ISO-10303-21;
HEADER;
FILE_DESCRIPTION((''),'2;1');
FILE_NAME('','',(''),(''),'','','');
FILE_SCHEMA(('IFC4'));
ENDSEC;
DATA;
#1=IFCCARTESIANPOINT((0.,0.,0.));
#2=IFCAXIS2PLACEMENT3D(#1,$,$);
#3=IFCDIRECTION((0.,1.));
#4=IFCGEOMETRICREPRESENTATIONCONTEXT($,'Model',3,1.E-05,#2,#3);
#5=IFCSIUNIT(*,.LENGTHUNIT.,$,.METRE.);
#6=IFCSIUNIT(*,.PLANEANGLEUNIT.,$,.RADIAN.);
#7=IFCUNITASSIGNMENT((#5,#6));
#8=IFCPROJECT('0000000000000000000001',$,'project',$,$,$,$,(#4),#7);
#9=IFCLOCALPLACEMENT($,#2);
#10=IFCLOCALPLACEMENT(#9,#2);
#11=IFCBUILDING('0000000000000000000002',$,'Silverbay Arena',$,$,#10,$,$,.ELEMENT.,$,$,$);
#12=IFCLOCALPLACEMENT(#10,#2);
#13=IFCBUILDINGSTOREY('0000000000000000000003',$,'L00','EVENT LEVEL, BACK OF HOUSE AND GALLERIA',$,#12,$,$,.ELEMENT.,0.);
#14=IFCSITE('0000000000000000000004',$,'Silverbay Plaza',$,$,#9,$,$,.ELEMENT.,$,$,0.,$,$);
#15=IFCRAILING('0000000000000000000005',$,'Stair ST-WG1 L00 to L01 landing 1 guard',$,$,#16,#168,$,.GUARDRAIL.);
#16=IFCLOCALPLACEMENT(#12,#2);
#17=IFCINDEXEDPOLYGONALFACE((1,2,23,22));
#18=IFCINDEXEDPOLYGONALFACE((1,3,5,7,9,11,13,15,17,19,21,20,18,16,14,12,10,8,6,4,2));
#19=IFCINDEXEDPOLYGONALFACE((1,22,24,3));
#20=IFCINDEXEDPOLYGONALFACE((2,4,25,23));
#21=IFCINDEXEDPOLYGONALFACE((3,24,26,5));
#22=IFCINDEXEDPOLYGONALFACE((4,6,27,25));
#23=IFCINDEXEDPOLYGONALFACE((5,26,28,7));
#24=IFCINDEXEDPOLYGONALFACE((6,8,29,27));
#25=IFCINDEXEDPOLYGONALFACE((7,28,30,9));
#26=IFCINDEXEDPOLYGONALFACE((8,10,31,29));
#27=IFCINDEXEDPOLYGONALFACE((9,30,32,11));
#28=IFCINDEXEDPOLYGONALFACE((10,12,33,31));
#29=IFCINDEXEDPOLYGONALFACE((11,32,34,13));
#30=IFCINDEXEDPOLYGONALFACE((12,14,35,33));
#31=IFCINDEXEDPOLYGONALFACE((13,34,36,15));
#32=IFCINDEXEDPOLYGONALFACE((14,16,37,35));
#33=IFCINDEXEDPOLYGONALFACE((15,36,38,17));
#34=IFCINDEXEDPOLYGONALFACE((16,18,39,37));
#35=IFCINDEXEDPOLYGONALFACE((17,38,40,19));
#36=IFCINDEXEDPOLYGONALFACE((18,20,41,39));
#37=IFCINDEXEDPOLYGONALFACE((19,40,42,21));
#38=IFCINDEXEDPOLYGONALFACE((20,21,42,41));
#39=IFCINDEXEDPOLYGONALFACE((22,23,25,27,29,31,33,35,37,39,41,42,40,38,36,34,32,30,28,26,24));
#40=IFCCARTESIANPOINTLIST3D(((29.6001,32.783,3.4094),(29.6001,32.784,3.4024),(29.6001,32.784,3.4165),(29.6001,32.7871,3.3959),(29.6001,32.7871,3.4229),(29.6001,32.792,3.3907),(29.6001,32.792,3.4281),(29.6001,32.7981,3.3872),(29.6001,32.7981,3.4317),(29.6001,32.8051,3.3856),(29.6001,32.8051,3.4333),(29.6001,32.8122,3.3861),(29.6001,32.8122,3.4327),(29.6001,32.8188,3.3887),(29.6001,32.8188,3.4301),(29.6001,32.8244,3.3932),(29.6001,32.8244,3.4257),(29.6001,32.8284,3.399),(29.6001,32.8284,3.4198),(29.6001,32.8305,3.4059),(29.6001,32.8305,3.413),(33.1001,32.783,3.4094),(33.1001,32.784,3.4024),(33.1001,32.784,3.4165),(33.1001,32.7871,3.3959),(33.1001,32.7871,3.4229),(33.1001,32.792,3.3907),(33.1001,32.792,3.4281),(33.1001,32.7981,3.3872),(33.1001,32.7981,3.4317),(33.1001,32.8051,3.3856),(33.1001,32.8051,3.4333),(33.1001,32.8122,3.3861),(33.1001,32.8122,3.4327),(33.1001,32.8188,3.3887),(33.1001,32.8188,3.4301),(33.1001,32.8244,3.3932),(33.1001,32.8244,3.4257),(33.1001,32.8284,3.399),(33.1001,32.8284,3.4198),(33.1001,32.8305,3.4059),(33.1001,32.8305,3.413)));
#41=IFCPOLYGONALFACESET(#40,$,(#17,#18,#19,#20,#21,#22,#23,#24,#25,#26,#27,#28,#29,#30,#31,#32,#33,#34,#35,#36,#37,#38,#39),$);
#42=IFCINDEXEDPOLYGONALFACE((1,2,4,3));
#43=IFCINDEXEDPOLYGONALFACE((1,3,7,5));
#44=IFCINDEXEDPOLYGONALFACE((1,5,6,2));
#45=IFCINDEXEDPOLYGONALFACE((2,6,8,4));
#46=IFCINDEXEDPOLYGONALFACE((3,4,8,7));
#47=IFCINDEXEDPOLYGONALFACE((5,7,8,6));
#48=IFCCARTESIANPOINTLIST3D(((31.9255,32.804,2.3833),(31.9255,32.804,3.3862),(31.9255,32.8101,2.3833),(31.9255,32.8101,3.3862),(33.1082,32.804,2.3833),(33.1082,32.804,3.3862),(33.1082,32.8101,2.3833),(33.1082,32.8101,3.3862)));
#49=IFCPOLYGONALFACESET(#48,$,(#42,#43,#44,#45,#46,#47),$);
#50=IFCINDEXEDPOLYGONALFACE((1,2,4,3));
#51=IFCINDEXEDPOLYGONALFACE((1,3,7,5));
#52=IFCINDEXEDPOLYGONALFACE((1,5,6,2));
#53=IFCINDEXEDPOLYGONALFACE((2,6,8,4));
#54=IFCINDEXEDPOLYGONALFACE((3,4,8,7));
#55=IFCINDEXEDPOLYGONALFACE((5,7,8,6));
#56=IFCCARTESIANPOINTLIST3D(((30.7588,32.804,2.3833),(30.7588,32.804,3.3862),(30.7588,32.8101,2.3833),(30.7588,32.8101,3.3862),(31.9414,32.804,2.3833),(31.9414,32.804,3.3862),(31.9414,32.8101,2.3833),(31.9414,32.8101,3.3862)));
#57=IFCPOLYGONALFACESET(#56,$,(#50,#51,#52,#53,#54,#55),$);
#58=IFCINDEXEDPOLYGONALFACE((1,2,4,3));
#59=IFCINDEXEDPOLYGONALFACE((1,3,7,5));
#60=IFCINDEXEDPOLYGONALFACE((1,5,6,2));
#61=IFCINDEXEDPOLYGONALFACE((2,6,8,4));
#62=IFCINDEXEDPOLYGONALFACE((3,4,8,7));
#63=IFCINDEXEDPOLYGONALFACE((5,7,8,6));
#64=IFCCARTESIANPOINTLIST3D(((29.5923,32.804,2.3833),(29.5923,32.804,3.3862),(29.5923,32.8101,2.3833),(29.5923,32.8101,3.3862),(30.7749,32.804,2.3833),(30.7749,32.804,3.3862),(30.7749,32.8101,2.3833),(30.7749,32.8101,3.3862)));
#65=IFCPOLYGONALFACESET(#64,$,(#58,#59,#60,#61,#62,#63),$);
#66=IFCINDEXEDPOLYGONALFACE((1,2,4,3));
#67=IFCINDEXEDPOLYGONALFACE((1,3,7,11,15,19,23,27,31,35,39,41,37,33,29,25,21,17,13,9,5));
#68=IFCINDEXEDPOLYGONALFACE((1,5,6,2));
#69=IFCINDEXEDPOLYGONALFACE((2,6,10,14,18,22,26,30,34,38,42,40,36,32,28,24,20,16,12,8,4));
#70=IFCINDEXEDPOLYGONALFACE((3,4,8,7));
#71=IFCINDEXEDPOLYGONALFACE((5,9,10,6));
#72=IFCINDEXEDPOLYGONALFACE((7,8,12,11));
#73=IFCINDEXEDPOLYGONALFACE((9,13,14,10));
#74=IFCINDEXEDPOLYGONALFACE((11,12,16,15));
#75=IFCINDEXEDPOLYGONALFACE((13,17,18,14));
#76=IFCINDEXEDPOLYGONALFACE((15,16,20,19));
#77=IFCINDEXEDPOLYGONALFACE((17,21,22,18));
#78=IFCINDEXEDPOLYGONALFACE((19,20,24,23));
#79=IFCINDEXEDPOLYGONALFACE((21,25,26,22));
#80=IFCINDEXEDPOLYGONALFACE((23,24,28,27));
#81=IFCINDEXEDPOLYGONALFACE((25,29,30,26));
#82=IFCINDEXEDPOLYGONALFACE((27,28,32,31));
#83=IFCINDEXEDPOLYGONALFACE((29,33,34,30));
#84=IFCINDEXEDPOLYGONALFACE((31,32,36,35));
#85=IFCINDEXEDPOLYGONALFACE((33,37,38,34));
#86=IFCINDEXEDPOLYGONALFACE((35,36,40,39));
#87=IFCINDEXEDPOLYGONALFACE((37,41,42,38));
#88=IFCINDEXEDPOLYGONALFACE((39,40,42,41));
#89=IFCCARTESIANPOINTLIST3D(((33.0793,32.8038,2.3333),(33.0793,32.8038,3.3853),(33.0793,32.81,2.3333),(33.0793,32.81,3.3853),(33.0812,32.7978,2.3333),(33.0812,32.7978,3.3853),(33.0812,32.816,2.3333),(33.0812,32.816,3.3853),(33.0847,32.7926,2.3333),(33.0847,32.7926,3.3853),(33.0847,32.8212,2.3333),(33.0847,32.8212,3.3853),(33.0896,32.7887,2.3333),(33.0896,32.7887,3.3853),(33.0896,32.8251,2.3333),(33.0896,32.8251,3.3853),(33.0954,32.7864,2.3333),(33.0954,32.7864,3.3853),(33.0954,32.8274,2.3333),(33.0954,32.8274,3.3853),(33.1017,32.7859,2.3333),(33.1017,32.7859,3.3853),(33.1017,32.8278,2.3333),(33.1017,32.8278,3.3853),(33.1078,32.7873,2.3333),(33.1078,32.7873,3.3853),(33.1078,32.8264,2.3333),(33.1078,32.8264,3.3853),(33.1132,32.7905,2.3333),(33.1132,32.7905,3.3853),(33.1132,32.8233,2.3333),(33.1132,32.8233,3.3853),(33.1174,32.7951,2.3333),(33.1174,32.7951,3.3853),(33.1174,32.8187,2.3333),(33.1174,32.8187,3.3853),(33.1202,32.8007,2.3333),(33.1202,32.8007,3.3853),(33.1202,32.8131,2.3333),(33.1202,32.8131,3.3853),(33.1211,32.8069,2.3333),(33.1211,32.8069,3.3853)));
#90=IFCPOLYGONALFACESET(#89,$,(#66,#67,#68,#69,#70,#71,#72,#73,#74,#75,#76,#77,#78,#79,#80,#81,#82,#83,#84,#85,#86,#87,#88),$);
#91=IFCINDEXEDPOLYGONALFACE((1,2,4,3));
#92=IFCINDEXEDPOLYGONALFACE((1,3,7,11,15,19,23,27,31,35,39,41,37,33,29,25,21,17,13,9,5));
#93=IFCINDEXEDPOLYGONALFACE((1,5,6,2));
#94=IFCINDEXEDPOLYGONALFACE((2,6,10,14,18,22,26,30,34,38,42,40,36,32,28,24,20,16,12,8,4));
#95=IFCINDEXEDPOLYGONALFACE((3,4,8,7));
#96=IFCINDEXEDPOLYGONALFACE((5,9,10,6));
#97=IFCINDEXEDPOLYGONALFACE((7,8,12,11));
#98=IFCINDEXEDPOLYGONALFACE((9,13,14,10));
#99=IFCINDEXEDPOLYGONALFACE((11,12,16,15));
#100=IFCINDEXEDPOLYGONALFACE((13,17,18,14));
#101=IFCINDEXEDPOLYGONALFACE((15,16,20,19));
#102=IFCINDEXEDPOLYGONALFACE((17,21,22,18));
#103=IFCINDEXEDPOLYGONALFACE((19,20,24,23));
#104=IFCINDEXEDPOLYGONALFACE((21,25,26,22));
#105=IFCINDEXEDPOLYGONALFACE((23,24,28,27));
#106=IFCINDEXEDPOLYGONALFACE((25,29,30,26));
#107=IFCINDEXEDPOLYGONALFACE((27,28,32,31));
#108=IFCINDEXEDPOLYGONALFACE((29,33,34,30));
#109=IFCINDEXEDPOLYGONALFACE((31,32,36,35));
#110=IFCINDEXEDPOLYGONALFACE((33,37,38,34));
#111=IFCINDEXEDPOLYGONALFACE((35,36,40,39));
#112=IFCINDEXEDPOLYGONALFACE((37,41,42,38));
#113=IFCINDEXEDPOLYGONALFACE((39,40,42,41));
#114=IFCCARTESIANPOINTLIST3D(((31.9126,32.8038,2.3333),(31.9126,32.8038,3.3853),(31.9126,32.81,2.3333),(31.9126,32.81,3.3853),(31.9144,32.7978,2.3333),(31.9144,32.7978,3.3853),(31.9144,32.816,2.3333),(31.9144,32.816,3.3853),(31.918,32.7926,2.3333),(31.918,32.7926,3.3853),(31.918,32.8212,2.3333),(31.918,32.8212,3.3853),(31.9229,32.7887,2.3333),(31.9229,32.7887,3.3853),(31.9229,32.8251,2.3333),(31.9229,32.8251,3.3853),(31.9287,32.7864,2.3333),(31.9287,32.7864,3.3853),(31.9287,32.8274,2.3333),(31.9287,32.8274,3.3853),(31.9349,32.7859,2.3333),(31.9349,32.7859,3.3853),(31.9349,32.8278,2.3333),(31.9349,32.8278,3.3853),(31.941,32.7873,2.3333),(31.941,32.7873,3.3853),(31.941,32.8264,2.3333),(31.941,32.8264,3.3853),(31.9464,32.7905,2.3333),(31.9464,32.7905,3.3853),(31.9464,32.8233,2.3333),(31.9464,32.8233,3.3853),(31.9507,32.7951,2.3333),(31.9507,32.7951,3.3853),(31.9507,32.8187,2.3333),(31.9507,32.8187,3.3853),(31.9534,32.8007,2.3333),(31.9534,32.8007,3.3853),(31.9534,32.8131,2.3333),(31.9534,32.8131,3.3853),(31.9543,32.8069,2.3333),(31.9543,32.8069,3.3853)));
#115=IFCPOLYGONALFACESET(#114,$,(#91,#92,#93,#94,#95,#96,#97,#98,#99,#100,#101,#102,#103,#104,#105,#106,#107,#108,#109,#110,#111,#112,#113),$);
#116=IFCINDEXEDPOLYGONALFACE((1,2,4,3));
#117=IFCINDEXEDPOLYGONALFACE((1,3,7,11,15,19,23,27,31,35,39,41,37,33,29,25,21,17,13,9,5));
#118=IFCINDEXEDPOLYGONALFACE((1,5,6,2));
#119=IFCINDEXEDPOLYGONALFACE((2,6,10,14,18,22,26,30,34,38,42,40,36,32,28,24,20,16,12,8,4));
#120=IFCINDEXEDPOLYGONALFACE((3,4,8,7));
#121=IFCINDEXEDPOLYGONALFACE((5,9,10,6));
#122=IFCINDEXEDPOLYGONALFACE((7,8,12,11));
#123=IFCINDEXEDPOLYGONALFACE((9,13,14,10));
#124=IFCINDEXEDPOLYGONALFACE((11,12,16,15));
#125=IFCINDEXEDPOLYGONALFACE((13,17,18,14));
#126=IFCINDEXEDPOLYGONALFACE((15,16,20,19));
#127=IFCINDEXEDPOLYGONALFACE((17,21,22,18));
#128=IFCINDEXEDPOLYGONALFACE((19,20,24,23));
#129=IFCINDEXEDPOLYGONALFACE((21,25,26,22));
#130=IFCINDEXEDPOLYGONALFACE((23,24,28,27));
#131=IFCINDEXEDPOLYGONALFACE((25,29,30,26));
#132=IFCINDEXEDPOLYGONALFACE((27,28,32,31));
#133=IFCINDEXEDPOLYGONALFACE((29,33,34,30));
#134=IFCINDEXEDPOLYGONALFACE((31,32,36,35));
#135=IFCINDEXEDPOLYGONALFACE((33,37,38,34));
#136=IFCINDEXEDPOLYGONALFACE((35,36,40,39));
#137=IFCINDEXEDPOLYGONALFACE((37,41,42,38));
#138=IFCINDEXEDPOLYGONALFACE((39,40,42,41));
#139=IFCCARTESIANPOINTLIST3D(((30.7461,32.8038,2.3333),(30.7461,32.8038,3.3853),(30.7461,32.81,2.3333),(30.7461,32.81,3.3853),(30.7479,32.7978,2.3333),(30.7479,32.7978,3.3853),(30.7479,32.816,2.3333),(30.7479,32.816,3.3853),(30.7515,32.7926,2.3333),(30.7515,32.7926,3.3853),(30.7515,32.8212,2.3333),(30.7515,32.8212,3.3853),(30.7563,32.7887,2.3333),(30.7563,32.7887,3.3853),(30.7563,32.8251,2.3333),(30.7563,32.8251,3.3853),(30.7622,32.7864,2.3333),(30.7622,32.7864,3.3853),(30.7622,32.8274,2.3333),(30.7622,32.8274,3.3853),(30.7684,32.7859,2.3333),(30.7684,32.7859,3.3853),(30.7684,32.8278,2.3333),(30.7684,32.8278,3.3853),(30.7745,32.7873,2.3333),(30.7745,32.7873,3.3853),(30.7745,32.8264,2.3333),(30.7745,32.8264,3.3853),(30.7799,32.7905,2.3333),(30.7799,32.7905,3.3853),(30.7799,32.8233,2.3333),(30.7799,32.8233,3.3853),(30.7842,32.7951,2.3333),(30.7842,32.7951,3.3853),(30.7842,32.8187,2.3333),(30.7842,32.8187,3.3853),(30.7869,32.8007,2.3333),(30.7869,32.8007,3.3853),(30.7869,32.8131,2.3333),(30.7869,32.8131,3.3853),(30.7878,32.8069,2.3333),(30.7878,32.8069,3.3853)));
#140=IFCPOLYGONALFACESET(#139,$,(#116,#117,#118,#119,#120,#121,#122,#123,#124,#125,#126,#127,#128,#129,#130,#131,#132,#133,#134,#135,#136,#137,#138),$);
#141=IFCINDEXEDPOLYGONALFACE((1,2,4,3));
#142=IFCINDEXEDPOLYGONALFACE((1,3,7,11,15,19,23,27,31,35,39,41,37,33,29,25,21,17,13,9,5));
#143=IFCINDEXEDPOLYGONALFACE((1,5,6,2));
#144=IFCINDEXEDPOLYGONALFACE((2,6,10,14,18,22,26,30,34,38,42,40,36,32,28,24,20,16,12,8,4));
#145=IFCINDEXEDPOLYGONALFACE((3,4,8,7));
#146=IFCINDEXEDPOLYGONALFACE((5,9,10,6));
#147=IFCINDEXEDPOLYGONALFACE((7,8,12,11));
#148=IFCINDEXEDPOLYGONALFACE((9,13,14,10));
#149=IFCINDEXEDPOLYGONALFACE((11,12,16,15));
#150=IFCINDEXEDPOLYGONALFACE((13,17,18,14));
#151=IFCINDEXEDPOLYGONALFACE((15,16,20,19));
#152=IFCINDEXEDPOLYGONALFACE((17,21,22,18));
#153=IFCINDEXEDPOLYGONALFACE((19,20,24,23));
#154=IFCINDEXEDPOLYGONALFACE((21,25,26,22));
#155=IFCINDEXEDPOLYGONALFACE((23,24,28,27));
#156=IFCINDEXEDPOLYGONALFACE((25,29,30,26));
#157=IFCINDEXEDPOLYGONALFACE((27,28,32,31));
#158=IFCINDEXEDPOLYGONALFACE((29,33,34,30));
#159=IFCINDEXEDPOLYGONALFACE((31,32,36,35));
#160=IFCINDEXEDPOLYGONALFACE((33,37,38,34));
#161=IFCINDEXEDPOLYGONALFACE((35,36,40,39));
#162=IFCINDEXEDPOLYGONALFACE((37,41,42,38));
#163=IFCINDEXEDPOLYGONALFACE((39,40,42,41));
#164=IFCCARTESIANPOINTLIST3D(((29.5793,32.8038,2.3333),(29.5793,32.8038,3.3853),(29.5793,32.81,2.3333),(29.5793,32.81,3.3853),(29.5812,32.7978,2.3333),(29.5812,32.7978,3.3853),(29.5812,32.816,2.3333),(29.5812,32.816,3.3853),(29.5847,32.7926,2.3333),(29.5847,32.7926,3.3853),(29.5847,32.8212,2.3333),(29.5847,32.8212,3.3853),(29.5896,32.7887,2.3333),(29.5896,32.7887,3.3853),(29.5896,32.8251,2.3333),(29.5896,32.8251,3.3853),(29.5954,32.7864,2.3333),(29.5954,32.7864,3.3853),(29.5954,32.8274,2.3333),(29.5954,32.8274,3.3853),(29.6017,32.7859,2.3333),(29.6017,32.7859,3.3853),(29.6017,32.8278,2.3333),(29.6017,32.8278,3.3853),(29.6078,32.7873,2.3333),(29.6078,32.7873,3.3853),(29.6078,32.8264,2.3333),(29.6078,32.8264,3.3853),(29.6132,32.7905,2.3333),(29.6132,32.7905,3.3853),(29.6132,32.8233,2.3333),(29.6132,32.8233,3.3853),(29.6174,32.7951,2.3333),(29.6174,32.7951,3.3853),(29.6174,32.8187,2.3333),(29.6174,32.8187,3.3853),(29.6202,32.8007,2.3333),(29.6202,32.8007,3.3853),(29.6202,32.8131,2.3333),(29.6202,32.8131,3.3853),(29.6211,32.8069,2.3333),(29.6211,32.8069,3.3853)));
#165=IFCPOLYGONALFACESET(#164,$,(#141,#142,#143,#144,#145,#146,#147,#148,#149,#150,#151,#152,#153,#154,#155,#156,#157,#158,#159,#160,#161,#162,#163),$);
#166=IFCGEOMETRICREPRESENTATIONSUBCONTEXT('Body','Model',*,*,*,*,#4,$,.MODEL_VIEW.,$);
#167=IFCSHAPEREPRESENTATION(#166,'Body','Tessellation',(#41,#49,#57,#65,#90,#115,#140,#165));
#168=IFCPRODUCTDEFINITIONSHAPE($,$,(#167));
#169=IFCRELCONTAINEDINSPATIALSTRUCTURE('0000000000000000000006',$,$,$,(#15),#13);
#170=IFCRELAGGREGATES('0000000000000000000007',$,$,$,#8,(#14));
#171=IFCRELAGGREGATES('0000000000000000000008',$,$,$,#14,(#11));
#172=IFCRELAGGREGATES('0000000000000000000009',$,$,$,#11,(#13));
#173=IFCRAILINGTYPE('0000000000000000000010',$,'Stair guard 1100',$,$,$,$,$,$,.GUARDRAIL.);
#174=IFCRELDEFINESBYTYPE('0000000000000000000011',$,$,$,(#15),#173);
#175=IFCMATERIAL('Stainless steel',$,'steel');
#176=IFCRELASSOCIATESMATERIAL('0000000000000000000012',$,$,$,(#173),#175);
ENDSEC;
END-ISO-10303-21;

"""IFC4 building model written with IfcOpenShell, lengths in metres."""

from ifc_helpers import new_model, si_unit, direction, frame, origin, origin_2d, place, context, subcontext, project, spatial, polyline, circle, outline, extrude, material, type_object, element, save


model = new_model("IFC4")

# Units and contexts
model_context = context("Model", 3, precision=1e-05, world=origin(), true_north=direction((0.0, 1.0)))
body_context = subcontext(model_context, "Body", "Model", "MODEL_VIEW")
ifc_project = project(units=[si_unit("LENGTHUNIT", "METRE"), si_unit("PLANEANGLEUNIT", "RADIAN")], contexts=[model_context])

# Site, building, storey
site_placement = place(None, origin())
site = spatial("IfcSite", under=ifc_project, at=site_placement, Name="Silverbay Plaza", CompositionType="ELEMENT", RefElevation=0.0)
building_placement = place(site_placement, origin())
building = spatial("IfcBuilding", under=site, at=building_placement, Name="Silverbay Arena", CompositionType="ELEMENT")
storey_placement = place(building_placement, origin())
storey = spatial("IfcBuildingStorey", under=building, at=storey_placement, Name="L00", Description="EVENT LEVEL, BACK OF HOUSE AND GALLERIA", CompositionType="ELEMENT", Elevation=0.0)

# Railing
ifc_material_1 = material(Name="Stainless steel", Category="steel")
railing_type_1 = type_object("IfcRailingType", Name="Stair guard 1100", PredefinedType="GUARDRAIL", material=ifc_material_1)
for number, where, name in (
    (1, (33.1001, 32.8069, 2.3333), "Stair ST-WG1 L00 to L01 landing 1 guard"),
):
    element("IfcRailing", number, at=place(storey_placement, frame(where)), inside=storey, type_object=railing_type_1, Name=name, PredefinedType="GUARDRAIL", context=body_context, shape_type="SweptSolid", body=[
        extrude(circle(Radius=0.0239, at=origin_2d()), frame((0.0, 0.0, 1.0762), z_axis=(-1.0, 0.0, 0.0), x_axis=(0.0, -1.0, 0.0)), (0.0, 0.0, 1.0), 3.5),
        extrude(outline(polyline([(-0.0081, 0.05), (1.1746, 0.05), (1.1746, 1.053), (-0.0081, 1.053), (-0.0081, 0.05)])), frame((0.0, -0.0029, 0.0), z_axis=(0.0, 1.0, 0.0), x_axis=(-1.0, 0.0, 0.0)), (0.0, 0.0, 1.0), 0.0061),
        extrude(outline(polyline([(-0.0081, 0.05), (1.1746, 0.05), (1.1746, 1.053), (-0.0081, 1.053), (-0.0081, 0.05)])), frame((-1.1667, -0.0029, 0.0), z_axis=(0.0, 1.0, 0.0), x_axis=(-1.0, 0.0, 0.0)), (0.0, 0.0, 1.0), 0.0061),
        extrude(outline(polyline([(-0.0081, 0.05), (1.1746, 0.05), (1.1746, 1.053), (-0.0081, 1.053), (-0.0081, 0.05)])), frame((-2.3333, -0.0029, 0.0), z_axis=(0.0, 1.0, 0.0), x_axis=(-1.0, 0.0, 0.0)), (0.0, 0.0, 1.0), 0.0061),
        extrude(circle(Radius=0.021, at=origin_2d()), origin(), (0.0, 0.0, 1.0), 1.052),
        extrude(circle(Radius=0.021, at=origin_2d()), frame((-1.1667, 0.0, 0.0)), (0.0, 0.0, 1.0), 1.052),
        extrude(circle(Radius=0.021, at=origin_2d()), frame((-2.3333, 0.0, 0.0)), (0.0, 0.0, 1.0), 1.052),
        extrude(circle(Radius=0.021, at=origin_2d()), frame((-3.5, 0.0, 0.0)), (0.0, 0.0, 1.0), 1.052),
    ])

save(model, "model.ifc")
